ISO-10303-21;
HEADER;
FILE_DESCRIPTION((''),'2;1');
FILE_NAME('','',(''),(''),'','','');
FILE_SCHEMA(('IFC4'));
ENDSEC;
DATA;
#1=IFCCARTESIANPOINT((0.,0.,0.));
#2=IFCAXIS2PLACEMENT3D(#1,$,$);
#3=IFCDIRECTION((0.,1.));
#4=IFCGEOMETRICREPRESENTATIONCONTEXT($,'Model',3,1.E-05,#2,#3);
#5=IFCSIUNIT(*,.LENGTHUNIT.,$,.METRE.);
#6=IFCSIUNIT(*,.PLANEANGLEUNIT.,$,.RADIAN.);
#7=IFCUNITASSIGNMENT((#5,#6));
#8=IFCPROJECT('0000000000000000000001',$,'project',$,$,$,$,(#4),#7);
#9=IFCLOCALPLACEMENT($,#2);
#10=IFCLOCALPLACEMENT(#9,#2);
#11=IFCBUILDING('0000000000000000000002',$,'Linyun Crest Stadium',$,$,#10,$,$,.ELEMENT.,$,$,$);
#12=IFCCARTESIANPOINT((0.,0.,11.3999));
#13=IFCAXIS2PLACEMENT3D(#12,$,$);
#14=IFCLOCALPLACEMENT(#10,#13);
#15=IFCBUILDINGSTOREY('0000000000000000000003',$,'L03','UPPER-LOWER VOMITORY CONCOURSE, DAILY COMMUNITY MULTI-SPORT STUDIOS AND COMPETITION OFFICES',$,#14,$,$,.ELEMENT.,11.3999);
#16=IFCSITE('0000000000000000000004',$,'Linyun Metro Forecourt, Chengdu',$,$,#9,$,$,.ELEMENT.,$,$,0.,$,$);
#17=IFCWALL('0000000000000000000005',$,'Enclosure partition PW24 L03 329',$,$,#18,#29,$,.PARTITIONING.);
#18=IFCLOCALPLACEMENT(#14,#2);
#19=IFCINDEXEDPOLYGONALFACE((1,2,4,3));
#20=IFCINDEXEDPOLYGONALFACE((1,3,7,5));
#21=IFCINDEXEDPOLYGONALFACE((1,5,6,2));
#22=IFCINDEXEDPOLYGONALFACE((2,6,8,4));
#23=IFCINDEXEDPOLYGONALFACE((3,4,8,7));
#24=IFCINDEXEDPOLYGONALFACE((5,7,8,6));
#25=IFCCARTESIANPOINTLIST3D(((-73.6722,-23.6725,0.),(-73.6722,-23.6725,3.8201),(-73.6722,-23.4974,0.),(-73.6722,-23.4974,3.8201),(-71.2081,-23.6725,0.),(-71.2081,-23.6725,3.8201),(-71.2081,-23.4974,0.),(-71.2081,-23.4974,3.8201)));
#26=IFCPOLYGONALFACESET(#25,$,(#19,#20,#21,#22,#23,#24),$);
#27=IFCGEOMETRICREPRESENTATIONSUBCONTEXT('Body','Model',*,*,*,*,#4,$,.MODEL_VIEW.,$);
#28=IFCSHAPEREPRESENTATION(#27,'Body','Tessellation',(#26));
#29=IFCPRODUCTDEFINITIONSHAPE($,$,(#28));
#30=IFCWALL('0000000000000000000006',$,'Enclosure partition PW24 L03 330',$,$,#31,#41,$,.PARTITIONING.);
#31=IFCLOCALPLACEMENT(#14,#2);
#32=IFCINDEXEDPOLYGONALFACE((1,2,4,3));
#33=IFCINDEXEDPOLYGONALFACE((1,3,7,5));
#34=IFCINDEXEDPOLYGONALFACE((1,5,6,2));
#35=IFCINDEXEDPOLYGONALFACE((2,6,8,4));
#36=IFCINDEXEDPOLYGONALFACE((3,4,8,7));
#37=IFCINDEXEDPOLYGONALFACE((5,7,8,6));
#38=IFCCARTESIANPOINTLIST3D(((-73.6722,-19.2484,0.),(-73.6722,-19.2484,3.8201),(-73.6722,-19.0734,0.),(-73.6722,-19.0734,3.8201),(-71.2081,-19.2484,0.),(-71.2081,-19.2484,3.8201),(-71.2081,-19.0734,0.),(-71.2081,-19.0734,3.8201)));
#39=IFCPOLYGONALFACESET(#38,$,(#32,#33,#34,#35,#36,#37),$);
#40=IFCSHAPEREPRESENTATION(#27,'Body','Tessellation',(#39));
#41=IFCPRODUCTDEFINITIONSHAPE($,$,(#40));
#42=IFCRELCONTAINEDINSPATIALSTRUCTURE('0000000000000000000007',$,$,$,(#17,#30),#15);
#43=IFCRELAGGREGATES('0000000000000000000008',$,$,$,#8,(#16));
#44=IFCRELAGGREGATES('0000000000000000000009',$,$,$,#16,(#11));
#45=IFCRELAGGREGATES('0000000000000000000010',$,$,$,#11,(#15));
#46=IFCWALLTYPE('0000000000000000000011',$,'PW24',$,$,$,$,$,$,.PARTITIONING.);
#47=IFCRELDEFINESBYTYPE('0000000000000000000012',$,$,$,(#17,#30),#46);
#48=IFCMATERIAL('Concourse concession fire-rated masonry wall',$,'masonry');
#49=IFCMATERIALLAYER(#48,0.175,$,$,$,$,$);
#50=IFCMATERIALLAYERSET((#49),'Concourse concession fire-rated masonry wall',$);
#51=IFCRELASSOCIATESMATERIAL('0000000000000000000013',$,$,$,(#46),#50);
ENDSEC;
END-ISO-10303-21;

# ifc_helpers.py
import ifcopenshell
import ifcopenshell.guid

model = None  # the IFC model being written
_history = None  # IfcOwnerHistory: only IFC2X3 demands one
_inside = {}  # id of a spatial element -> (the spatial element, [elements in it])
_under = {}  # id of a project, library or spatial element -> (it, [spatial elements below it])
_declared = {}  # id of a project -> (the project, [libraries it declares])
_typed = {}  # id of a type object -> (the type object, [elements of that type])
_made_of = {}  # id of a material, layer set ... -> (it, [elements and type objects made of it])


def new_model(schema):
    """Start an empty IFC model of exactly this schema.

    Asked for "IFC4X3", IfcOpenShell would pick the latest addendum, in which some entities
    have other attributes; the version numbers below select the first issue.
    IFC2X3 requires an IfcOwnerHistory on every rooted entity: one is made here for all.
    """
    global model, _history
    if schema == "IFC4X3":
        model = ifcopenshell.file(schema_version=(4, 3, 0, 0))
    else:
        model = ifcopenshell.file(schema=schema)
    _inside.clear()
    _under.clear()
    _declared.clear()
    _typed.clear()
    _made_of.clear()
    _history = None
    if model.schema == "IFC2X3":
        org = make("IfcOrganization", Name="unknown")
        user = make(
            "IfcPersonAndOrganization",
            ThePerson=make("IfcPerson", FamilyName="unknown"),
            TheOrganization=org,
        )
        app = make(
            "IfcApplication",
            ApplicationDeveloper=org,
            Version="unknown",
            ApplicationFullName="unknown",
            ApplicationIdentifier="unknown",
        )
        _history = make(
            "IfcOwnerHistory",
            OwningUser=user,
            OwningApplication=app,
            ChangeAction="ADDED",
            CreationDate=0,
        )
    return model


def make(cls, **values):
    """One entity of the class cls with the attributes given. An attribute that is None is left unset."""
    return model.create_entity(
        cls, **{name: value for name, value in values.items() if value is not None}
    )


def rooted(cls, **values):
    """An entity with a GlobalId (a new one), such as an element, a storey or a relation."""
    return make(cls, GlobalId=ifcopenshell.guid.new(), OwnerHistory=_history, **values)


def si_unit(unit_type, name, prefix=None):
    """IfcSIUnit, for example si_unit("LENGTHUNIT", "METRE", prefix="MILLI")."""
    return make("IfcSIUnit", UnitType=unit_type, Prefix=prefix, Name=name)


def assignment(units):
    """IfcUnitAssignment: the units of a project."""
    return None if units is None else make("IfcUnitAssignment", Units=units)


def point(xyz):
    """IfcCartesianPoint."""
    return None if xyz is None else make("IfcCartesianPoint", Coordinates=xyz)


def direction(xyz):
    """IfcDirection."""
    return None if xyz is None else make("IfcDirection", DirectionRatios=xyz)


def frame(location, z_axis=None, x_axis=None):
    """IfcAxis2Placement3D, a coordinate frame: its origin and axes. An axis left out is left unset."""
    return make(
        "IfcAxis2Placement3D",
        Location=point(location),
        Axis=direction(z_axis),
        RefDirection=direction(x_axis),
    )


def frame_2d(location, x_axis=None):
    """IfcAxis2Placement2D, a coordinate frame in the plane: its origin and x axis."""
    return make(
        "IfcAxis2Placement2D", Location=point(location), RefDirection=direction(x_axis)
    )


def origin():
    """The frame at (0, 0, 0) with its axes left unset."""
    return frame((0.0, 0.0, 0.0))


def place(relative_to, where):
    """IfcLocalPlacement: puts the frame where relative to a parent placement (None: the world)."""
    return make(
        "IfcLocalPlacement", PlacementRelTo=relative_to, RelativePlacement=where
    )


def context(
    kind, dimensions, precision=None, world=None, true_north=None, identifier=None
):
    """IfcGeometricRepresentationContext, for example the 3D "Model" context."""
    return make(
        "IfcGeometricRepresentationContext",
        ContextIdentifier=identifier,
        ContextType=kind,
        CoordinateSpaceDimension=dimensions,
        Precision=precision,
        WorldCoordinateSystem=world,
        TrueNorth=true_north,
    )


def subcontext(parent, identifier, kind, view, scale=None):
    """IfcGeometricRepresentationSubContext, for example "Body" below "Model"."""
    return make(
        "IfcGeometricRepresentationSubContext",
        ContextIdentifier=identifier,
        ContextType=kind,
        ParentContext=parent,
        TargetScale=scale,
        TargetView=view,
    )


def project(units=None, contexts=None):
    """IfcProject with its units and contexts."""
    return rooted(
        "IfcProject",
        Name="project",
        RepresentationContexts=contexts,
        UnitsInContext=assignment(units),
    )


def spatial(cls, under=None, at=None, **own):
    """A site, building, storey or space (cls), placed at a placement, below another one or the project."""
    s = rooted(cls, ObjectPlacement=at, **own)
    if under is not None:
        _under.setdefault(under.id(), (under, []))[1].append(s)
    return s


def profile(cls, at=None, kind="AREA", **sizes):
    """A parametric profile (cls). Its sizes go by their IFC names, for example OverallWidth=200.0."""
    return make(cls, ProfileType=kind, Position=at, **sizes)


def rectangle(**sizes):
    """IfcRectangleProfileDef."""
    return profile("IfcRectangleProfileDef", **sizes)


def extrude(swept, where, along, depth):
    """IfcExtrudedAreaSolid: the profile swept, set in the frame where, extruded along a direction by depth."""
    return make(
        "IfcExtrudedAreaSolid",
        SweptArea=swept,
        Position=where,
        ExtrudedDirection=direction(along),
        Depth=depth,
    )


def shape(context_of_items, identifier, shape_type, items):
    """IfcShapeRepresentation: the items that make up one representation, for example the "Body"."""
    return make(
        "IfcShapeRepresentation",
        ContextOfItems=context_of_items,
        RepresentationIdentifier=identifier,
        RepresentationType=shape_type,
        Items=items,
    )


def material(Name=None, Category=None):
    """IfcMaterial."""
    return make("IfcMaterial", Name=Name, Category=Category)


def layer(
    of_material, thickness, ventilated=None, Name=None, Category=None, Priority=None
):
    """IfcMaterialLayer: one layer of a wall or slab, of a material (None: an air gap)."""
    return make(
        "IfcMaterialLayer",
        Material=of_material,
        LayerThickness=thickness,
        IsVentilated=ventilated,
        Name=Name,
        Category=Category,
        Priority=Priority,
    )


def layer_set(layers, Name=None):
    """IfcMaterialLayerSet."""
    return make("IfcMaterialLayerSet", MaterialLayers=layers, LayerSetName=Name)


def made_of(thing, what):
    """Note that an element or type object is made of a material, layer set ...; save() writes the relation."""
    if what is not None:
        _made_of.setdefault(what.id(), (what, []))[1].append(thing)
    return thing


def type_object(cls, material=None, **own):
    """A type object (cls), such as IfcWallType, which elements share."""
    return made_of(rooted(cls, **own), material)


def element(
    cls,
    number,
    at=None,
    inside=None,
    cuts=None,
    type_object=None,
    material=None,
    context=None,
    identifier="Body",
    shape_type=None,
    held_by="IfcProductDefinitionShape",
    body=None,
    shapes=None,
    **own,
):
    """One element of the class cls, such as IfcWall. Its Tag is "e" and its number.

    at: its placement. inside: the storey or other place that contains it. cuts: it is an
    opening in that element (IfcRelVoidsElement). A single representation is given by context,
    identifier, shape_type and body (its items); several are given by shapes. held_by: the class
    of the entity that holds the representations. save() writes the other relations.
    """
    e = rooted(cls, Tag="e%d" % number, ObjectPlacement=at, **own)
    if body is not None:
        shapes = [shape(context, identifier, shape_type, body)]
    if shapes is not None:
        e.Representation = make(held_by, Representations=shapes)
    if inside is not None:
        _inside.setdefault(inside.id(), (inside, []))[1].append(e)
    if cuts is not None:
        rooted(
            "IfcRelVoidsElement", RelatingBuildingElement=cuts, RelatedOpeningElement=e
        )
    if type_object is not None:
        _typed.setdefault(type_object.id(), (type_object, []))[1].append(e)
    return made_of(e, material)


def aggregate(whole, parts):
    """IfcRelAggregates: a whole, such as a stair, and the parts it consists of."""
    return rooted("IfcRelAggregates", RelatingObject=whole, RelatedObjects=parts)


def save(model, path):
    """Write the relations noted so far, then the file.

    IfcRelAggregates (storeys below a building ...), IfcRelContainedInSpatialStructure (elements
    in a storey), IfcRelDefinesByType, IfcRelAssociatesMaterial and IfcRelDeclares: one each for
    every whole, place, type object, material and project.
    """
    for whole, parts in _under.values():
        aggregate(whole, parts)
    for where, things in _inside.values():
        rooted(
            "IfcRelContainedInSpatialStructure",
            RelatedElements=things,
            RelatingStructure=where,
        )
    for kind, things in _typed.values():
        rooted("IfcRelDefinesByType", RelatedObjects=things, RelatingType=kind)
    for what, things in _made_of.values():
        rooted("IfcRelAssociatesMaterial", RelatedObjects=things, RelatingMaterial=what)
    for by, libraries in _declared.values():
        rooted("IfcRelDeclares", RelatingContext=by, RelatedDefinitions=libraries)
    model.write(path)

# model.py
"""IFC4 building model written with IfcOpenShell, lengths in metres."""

from ifc_helpers import new_model, si_unit, direction, frame, frame_2d, origin, place, context, subcontext, project, spatial, rectangle, extrude, material, layer, layer_set, type_object, element, save


model = new_model("IFC4")

# Units and contexts
model_context = context("Model", 3, precision=1e-05, world=origin(), true_north=direction((0.0, 1.0)))
body_context = subcontext(model_context, "Body", "Model", "MODEL_VIEW")
ifc_project = project(units=[si_unit("LENGTHUNIT", "METRE"), si_unit("PLANEANGLEUNIT", "RADIAN")], contexts=[model_context])

# Site, building, storey
site_placement = place(None, origin())
site = spatial("IfcSite", under=ifc_project, at=site_placement, Name="Linyun Metro Forecourt, Chengdu", CompositionType="ELEMENT", RefElevation=0.0)
building_placement = place(site_placement, origin())
building = spatial("IfcBuilding", under=site, at=building_placement, Name="Linyun Crest Stadium", CompositionType="ELEMENT")
storey_placement = place(building_placement, frame((0.0, 0.0, 11.3999)))
storey = spatial("IfcBuildingStorey", under=building, at=storey_placement, Name="L03", Description="UPPER-LOWER VOMITORY CONCOURSE, DAILY COMMUNITY MULTI-SPORT STUDIOS AND COMPETITION OFFICES", CompositionType="ELEMENT", Elevation=11.3999)

# Walls
ifc_material_1 = material(Name="Concourse concession fire-rated masonry wall", Category="masonry")
ifc_layer_1 = layer(ifc_material_1, 0.175)
ifc_layer_set_1 = layer_set([ifc_layer_1], Name="Concourse concession fire-rated masonry wall")
wall_type_1 = type_object("IfcWallType", Name="PW24", PredefinedType="PARTITIONING", material=ifc_layer_set_1)
for number, where, z_axis, x_axis, name in (
    (1, (-73.6721, -23.585, 0.0), (0.0, 0.0, 1.0), (1.0, 0.0, 0.0), "Enclosure partition PW24 L03 329"),
    (2, (-73.6721, -19.1609, 0.0), (0.0, 0.0, 1.0), (1.0, 0.0, 0.0), "Enclosure partition PW24 L03 330"),
):
    element("IfcWall", number, at=place(storey_placement, frame(where, z_axis=z_axis, x_axis=x_axis)), inside=storey, type_object=wall_type_1, Name=name, PredefinedType="PARTITIONING", context=body_context, shape_type="SweptSolid", body=[
        extrude(rectangle(XDim=2.4641, YDim=0.175, at=frame_2d((1.2319, 0.0))), origin(), (0.0, 0.0, 1.0), 3.8201),
    ])

save(model, "model.ifc")
